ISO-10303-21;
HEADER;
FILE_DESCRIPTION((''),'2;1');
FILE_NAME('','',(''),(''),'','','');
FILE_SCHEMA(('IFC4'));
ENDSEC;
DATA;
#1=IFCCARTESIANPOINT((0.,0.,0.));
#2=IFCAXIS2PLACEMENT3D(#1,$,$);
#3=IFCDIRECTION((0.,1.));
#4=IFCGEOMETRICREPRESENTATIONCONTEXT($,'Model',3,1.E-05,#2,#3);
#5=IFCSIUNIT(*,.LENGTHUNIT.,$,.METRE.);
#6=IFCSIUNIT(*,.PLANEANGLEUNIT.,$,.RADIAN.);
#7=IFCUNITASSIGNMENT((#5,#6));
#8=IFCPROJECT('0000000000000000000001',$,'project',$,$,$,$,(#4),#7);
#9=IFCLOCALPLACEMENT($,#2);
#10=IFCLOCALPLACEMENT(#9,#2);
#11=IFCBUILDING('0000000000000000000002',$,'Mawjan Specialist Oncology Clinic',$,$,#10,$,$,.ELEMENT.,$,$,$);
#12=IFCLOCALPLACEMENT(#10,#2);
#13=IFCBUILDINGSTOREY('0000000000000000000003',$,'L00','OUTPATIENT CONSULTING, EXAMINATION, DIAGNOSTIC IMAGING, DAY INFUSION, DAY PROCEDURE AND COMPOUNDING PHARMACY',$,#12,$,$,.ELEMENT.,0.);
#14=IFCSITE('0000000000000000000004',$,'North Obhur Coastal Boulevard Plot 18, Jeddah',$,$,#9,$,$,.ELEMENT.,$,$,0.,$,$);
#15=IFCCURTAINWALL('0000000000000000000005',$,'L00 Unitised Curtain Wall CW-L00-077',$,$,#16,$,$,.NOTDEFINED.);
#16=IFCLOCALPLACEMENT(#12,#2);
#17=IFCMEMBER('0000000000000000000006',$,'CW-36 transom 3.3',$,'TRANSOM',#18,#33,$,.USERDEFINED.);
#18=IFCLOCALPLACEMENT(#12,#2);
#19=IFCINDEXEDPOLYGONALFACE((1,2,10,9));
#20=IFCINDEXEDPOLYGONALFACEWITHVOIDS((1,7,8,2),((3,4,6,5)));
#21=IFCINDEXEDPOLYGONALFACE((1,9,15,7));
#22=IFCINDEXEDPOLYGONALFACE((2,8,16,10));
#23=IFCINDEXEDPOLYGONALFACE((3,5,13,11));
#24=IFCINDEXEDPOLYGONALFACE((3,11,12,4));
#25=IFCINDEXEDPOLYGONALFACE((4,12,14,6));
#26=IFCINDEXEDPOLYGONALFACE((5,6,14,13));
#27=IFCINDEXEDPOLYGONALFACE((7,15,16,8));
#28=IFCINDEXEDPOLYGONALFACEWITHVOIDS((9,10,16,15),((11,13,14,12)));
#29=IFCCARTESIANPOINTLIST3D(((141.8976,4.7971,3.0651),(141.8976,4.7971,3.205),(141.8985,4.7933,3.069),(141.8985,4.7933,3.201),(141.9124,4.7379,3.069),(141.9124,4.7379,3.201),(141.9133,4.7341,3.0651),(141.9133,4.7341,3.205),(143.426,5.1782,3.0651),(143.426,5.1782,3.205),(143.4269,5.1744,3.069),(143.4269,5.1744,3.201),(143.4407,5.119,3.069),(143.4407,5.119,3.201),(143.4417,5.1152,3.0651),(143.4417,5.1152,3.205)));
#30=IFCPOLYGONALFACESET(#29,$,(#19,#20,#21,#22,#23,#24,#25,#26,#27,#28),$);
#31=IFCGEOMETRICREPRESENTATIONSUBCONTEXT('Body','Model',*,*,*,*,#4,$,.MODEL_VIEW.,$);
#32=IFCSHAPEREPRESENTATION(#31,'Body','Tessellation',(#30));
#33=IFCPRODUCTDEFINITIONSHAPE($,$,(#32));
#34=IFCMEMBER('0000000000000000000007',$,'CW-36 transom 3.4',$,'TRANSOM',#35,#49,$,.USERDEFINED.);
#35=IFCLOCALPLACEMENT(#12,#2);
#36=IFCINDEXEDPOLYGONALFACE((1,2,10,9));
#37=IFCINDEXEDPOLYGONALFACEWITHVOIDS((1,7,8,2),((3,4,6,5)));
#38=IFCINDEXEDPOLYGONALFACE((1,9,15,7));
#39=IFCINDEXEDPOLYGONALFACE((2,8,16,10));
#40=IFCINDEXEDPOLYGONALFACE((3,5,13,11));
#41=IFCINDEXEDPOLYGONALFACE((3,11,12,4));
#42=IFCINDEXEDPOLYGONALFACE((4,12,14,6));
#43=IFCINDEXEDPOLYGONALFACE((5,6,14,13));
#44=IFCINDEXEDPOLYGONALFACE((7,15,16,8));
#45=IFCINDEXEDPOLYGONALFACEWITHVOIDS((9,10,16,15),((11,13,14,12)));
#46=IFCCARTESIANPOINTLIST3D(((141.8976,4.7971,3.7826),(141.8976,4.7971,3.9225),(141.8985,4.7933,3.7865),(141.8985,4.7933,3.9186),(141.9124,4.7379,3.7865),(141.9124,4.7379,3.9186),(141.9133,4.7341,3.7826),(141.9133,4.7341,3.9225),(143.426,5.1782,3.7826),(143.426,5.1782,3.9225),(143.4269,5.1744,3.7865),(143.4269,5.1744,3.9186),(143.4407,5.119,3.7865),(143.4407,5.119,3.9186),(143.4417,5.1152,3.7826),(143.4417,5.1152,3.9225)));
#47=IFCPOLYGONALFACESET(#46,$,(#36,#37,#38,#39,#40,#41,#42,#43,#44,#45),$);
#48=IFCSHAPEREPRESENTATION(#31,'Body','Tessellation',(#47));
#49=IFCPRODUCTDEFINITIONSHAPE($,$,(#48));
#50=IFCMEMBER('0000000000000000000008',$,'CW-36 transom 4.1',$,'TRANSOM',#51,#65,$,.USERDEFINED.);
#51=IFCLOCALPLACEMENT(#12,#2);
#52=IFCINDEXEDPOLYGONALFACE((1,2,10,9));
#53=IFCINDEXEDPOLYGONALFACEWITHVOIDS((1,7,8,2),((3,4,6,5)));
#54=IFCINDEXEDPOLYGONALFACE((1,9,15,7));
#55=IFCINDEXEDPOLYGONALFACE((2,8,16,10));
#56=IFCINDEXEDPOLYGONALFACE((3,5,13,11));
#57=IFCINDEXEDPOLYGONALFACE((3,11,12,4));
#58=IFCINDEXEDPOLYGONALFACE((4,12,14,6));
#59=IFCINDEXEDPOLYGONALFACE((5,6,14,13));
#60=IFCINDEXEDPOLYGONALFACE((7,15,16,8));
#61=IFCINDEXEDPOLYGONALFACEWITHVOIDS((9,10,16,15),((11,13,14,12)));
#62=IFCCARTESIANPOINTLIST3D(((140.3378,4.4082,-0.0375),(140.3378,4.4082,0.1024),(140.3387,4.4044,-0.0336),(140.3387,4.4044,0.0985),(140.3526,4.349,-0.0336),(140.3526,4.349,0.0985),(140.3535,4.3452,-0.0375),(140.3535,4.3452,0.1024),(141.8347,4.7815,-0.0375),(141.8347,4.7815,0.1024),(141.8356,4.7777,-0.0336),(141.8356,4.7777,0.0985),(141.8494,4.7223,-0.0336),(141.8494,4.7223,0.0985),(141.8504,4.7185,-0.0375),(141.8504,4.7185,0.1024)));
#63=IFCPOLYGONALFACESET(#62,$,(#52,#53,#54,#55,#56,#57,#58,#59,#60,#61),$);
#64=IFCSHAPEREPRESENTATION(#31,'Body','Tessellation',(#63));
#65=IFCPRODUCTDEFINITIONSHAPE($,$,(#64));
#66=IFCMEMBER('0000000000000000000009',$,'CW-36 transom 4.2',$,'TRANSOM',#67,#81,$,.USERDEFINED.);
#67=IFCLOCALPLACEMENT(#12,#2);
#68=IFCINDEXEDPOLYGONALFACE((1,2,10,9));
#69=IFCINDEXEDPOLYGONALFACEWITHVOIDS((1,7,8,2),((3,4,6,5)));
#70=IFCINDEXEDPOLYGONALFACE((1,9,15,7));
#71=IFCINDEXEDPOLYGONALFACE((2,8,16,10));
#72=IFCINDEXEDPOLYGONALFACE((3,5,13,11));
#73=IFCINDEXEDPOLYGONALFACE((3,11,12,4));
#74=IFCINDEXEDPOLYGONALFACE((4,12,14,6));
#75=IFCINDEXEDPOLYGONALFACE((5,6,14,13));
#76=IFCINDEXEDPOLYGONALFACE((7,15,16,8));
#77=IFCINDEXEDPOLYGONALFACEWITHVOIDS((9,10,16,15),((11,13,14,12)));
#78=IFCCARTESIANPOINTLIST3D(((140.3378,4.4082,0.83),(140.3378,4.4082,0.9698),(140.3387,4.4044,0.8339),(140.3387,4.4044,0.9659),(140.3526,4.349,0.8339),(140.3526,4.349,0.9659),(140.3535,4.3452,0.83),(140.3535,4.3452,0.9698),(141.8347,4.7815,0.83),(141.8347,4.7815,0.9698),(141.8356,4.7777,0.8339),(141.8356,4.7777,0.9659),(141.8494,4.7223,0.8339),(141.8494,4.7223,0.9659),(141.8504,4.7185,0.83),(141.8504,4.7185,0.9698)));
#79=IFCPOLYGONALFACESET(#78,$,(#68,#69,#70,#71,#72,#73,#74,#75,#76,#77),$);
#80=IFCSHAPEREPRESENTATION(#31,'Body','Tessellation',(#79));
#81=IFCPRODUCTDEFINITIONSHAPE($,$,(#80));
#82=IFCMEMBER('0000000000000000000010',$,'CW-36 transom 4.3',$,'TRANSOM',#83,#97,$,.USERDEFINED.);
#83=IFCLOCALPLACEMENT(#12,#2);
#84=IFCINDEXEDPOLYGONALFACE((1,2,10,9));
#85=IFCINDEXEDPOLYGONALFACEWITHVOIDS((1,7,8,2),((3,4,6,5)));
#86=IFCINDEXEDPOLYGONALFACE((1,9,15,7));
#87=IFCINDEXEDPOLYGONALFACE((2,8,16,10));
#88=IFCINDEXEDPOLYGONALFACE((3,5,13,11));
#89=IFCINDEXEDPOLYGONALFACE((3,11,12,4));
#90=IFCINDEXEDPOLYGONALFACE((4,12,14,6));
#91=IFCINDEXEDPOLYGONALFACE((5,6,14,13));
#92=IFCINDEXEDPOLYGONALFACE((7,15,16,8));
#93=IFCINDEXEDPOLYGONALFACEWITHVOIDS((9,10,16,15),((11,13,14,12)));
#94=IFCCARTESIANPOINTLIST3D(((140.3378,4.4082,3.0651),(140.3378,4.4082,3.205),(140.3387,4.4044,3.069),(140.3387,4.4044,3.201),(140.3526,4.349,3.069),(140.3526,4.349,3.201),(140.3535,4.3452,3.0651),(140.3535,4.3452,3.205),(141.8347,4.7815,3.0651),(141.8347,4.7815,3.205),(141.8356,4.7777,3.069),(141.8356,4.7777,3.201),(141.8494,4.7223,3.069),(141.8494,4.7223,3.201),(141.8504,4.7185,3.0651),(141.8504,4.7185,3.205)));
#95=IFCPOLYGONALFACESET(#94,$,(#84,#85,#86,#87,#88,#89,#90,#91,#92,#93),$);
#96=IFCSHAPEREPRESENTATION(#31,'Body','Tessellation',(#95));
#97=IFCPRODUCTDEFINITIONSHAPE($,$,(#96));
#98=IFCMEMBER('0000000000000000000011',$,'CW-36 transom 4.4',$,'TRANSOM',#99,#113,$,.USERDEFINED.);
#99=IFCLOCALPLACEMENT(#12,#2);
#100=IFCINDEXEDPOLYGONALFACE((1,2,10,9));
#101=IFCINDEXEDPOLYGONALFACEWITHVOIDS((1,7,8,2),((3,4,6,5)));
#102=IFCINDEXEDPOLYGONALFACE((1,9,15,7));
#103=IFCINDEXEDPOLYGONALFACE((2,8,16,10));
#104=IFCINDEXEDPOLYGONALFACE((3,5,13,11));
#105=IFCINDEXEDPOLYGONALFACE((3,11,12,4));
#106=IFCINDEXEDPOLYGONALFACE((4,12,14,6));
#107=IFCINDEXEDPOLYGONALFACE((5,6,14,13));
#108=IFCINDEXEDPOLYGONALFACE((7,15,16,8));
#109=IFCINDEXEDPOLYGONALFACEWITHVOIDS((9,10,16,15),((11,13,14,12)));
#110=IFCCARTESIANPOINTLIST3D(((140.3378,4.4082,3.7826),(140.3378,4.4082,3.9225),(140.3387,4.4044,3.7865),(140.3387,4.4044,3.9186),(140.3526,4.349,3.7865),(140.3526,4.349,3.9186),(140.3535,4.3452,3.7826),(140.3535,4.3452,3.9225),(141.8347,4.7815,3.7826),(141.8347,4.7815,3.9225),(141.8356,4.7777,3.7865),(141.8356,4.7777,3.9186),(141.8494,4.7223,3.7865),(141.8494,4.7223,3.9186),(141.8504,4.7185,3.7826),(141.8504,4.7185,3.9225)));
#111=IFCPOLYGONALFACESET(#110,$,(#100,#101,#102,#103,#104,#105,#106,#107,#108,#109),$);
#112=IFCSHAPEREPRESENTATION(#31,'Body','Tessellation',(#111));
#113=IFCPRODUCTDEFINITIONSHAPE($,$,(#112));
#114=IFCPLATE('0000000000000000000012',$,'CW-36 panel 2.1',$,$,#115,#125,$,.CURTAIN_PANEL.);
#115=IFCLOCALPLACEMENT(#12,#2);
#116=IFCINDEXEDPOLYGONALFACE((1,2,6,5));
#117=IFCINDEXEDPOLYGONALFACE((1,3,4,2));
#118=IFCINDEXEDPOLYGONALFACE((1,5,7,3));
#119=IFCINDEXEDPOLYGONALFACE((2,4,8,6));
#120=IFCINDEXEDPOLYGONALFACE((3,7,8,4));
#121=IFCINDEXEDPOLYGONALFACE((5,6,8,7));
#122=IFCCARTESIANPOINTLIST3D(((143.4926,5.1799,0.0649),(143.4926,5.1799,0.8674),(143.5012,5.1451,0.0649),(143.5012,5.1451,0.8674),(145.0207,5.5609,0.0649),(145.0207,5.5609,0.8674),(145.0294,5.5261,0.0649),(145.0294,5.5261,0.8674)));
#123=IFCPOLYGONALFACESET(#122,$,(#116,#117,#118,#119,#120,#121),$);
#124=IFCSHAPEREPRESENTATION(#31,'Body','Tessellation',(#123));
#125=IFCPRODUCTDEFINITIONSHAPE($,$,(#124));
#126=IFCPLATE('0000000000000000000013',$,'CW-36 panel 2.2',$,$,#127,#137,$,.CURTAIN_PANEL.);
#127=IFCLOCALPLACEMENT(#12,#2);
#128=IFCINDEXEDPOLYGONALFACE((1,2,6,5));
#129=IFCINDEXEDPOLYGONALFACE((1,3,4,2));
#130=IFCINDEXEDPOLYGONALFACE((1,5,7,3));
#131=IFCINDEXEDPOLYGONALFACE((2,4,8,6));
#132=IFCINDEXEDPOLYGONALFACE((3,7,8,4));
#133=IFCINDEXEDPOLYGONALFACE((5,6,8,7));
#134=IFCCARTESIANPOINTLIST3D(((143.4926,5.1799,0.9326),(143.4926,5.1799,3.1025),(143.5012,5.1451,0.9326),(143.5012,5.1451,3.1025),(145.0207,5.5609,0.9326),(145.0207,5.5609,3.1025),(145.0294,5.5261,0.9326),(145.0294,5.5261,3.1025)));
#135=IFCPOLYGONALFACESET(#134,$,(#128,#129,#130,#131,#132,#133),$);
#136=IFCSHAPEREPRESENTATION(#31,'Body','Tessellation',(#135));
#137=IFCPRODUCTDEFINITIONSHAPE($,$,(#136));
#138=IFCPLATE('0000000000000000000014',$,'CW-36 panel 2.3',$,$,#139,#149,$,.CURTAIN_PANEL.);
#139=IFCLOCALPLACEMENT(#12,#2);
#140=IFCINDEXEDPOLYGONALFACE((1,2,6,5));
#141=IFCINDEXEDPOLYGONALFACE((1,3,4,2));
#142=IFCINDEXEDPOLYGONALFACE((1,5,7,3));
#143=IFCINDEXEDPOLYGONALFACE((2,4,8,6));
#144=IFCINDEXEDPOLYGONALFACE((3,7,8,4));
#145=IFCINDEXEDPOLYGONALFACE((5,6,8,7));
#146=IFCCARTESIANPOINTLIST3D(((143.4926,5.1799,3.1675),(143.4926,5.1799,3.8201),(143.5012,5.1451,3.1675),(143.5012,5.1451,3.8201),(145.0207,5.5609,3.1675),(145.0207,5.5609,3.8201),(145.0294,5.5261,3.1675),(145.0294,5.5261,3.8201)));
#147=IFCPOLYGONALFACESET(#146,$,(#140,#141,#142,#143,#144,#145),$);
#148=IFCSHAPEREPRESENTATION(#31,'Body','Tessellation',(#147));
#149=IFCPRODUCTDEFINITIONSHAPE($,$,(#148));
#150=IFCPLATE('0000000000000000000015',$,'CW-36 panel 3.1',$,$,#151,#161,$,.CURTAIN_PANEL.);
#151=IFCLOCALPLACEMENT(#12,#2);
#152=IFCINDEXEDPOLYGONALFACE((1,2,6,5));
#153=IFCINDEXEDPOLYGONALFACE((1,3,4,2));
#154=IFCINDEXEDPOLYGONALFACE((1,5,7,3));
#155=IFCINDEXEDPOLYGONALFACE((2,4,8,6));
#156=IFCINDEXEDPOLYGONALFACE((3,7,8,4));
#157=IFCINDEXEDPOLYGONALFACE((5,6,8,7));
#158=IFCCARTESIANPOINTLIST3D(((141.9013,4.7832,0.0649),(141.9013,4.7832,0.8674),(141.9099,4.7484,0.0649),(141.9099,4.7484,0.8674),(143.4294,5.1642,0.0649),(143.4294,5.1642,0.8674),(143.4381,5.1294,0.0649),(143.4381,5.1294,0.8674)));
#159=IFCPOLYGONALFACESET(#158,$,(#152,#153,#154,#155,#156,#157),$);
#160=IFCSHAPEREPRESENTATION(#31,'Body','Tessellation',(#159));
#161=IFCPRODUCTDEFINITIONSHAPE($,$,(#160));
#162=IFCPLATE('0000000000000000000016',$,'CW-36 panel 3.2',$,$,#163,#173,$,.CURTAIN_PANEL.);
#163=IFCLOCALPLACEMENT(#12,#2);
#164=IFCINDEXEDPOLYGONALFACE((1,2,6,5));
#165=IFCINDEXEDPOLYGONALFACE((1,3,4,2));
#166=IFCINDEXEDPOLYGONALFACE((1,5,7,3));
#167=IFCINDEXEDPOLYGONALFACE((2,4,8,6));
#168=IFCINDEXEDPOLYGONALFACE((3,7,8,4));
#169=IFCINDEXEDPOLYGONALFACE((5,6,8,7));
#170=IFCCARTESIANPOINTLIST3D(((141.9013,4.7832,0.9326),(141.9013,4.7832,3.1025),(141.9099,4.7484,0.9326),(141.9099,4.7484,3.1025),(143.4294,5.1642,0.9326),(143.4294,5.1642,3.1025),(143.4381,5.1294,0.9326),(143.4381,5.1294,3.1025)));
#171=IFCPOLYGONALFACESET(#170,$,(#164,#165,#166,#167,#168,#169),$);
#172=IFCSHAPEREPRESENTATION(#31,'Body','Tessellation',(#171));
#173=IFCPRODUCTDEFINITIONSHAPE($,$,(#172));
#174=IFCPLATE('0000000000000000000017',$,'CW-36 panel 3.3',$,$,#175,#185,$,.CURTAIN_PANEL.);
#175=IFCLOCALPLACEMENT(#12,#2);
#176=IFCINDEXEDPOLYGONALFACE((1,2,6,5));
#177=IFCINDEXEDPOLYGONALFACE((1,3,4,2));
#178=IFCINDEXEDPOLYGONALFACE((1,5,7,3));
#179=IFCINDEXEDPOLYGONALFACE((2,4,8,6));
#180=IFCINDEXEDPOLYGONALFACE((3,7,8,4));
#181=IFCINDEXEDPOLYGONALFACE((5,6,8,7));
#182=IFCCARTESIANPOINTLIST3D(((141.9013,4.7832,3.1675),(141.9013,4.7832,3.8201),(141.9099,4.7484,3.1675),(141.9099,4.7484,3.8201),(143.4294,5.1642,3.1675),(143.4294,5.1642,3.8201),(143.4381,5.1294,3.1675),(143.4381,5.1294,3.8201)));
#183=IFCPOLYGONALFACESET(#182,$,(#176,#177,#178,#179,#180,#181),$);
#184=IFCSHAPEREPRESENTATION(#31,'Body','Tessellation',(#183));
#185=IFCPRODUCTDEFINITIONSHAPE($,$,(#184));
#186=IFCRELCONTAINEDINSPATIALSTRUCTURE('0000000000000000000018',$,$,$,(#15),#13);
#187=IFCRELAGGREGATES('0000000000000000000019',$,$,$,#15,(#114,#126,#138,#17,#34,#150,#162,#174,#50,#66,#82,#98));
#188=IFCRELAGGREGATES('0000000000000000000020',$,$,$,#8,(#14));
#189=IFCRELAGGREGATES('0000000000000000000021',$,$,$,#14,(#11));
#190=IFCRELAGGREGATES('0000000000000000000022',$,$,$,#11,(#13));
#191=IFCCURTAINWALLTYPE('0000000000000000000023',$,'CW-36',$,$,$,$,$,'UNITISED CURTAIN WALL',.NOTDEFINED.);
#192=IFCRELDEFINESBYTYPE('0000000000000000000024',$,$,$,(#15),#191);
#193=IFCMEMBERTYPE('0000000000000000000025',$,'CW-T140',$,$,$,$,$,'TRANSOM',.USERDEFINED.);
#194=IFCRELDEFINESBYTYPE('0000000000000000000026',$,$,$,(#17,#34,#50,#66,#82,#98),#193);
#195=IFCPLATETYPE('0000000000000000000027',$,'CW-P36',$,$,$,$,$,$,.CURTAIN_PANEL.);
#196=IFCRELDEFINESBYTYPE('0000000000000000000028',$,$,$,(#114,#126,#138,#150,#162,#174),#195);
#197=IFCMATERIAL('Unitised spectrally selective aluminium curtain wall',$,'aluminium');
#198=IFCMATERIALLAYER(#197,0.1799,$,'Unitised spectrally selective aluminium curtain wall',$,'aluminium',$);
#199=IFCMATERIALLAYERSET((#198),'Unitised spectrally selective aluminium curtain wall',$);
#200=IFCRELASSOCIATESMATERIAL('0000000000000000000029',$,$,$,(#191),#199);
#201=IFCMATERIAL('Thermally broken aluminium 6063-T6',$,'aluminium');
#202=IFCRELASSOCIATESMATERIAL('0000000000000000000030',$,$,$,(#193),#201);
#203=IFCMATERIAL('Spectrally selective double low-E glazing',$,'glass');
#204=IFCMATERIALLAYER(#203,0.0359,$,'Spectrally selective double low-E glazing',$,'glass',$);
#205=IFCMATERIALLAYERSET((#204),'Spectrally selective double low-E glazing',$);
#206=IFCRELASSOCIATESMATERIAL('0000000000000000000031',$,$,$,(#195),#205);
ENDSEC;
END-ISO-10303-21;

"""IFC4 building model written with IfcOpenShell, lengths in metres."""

from ifc_helpers import new_model, si_unit, direction, frame, origin, origin_2d, place, context, subcontext, project, spatial, rectangle, hollow_rectangle, extrude, material, layer, layer_set, material_profile, profile_set, type_object, element, aggregate, save


model = new_model("IFC4")

# Units and contexts
model_context = context("Model", 3, precision=1e-05, world=origin(), true_north=direction((0.0, 1.0)))
body_context = subcontext(model_context, "Body", "Model", "MODEL_VIEW")
ifc_project = project(units=[si_unit("LENGTHUNIT", "METRE"), si_unit("PLANEANGLEUNIT", "RADIAN")], contexts=[model_context])

# Site, building, storey
site_placement = place(None, origin())
site = spatial("IfcSite", under=ifc_project, at=site_placement, Name="North Obhur Coastal Boulevard Plot 18, Jeddah", CompositionType="ELEMENT", RefElevation=0.0)
building_placement = place(site_placement, origin())
building = spatial("IfcBuilding", under=site, at=building_placement, Name="Mawjan Specialist Oncology Clinic", CompositionType="ELEMENT")
storey_placement = place(building_placement, origin())
storey = spatial("IfcBuildingStorey", under=building, at=storey_placement, Name="L00", Description="OUTPATIENT CONSULTING, EXAMINATION, DIAGNOSTIC IMAGING, DAY INFUSION, DAY PROCEDURE AND COMPOUNDING PHARMACY", CompositionType="ELEMENT", Elevation=0.0)

# Curtain wall, members, plates
ifc_material_1 = material(Name="Unitised spectrally selective aluminium curtain wall", Category="aluminium")
ifc_layer_1 = layer(ifc_material_1, 0.1799, Name="Unitised spectrally selective aluminium curtain wall", Category="aluminium")
ifc_layer_set_1 = layer_set([ifc_layer_1], Name="Unitised spectrally selective aluminium curtain wall")
curtain_wall_type = type_object("IfcCurtainWallType", Name="CW-36", ElementType="UNITISED CURTAIN WALL", PredefinedType="NOTDEFINED", material=ifc_layer_set_1)
curtain_wall_placement = place(storey_placement, origin())
curtain_wall = element("IfcCurtainWall", 1, at=curtain_wall_placement, inside=storey, type_object=curtain_wall_type, Name="L00 Unitised Curtain Wall CW-L00-077", PredefinedType="NOTDEFINED")
ifc_material_2 = material(Name="Thermally broken aluminium 6063-T6", Category="aluminium")
ifc_material_profile_1 = material_profile(ifc_material_2, hollow_rectangle(XDim=0.0649, YDim=0.1399, WallThickness=0.0039, at=origin_2d()), Name="ALU TRANSOM 140x65x4", Category="aluminium")
ifc_profile_set_1 = profile_set([ifc_material_profile_1], Name="Thermally broken aluminium 6063-T6")
member_type_1 = type_object("IfcMemberType", Name="CW-T140", ElementType="TRANSOM", PredefinedType="USERDEFINED", material=ifc_profile_set_1)
member_1_placement = place(storey_placement, frame((143.4338, 5.1467, 3.135), z_axis=(-0.970288, -0.241952, 0.0), x_axis=(0.241952, -0.970288, 0.0)))
member_1 = element("IfcMember", 2, at=member_1_placement, type_object=member_type_1, Name="CW-36 transom 3.3", ObjectType="TRANSOM", PredefinedType="USERDEFINED", context=body_context, shape_type="SweptSolid", body=[
    extrude(hollow_rectangle(XDim=0.0649, YDim=0.1399, WallThickness=0.0039, at=origin_2d()), origin(), (0.0, 0.0, 1.0), 1.5752),
])
member_2_placement = place(storey_placement, frame((143.4338, 5.1467, 3.8525), z_axis=(-0.970288, -0.241952, 0.0), x_axis=(0.241952, -0.970288, 0.0)))
member_2 = element("IfcMember", 3, at=member_2_placement, type_object=member_type_1, Name="CW-36 transom 3.4", ObjectType="TRANSOM", PredefinedType="USERDEFINED", context=body_context, shape_type="SweptSolid", body=[
    extrude(hollow_rectangle(XDim=0.0649, YDim=0.1399, WallThickness=0.0039, at=origin_2d()), origin(), (0.0, 0.0, 1.0), 1.5752),
])
member_3_placement = place(storey_placement, frame((141.8425, 4.75, 0.0325), z_axis=(-0.970282, -0.241977, 0.0), x_axis=(0.241977, -0.970282, 0.0)))
member_3 = element("IfcMember", 4, at=member_3_placement, type_object=member_type_1, Name="CW-36 transom 4.1", ObjectType="TRANSOM", PredefinedType="USERDEFINED", context=body_context, shape_type="SweptSolid", body=[
    extrude(hollow_rectangle(XDim=0.0649, YDim=0.1399, WallThickness=0.0039, at=origin_2d()), origin(), (0.0, 0.0, 1.0), 1.5427),
])
member_4_placement = place(storey_placement, frame((141.8425, 4.75, 0.8999), z_axis=(-0.970282, -0.241977, 0.0), x_axis=(0.241977, -0.970282, 0.0)))
member_4 = element("IfcMember", 5, at=member_4_placement, type_object=member_type_1, Name="CW-36 transom 4.2", ObjectType="TRANSOM", PredefinedType="USERDEFINED", context=body_context, shape_type="SweptSolid", body=[
    extrude(hollow_rectangle(XDim=0.0649, YDim=0.1399, WallThickness=0.0039, at=origin_2d()), origin(), (0.0, 0.0, 1.0), 1.5427),
])
member_5_placement = place(storey_placement, frame((141.8425, 4.75, 3.135), z_axis=(-0.970282, -0.241977, 0.0), x_axis=(0.241977, -0.970282, 0.0)))
member_5 = element("IfcMember", 6, at=member_5_placement, type_object=member_type_1, Name="CW-36 transom 4.3", ObjectType="TRANSOM", PredefinedType="USERDEFINED", context=body_context, shape_type="SweptSolid", body=[
    extrude(hollow_rectangle(XDim=0.0649, YDim=0.1399, WallThickness=0.0039, at=origin_2d()), origin(), (0.0, 0.0, 1.0), 1.5427),
])
member_6_placement = place(storey_placement, frame((141.8425, 4.75, 3.8525), z_axis=(-0.970282, -0.241977, 0.0), x_axis=(0.241977, -0.970282, 0.0)))
member_6 = element("IfcMember", 7, at=member_6_placement, type_object=member_type_1, Name="CW-36 transom 4.4", ObjectType="TRANSOM", PredefinedType="USERDEFINED", context=body_context, shape_type="SweptSolid", body=[
    extrude(hollow_rectangle(XDim=0.0649, YDim=0.1399, WallThickness=0.0039, at=origin_2d()), origin(), (0.0, 0.0, 1.0), 1.5427),
])
ifc_material_3 = material(Name="Spectrally selective double low-E glazing", Category="glass")
ifc_layer_2 = layer(ifc_material_3, 0.0359, Name="Spectrally selective double low-E glazing", Category="glass")
ifc_layer_set_2 = layer_set([ifc_layer_2], Name="Spectrally selective double low-E glazing")
plate_type = type_object("IfcPlateType", Name="CW-P36", PredefinedType="CURTAIN_PANEL", material=ifc_layer_set_2)
plate_1_placement = place(storey_placement, frame((144.261, 5.353, 0.0649), z_axis=(0.0, 0.0, 1.0), x_axis=(-0.970296, -0.241922, 0.0)))
plate_1 = element("IfcPlate", 8, at=plate_1_placement, type_object=plate_type, Name="CW-36 panel 2.1", PredefinedType="CURTAIN_PANEL", context=body_context, shape_type="SweptSolid", body=[
    extrude(rectangle(XDim=1.575, YDim=0.0359, at=origin_2d()), origin(), (0.0, 0.0, 1.0), 0.8025),
])
plate_2_placement = place(storey_placement, frame((144.261, 5.353, 0.9326), z_axis=(0.0, 0.0, 1.0), x_axis=(-0.970296, -0.241922, 0.0)))
plate_2 = element("IfcPlate", 9, at=plate_2_placement, type_object=plate_type, Name="CW-36 panel 2.2", PredefinedType="CURTAIN_PANEL", context=body_context, shape_type="SweptSolid", body=[
    extrude(rectangle(XDim=1.575, YDim=0.0359, at=origin_2d()), origin(), (0.0, 0.0, 1.0), 2.1699),
])
plate_3_placement = place(storey_placement, frame((144.261, 5.353, 3.1675), z_axis=(0.0, 0.0, 1.0), x_axis=(-0.970296, -0.241922, 0.0)))
plate_3 = element("IfcPlate", 10, at=plate_3_placement, type_object=plate_type, Name="CW-36 panel 2.3", PredefinedType="CURTAIN_PANEL", context=body_context, shape_type="SweptSolid", body=[
    extrude(rectangle(XDim=1.575, YDim=0.0359, at=origin_2d()), origin(), (0.0, 0.0, 1.0), 0.6526),
])
plate_4_placement = place(storey_placement, frame((142.6697, 4.9563, 0.0649), z_axis=(0.0, 0.0, 1.0), x_axis=(-0.970296, -0.241922, 0.0)))
plate_4 = element("IfcPlate", 11, at=plate_4_placement, type_object=plate_type, Name="CW-36 panel 3.1", PredefinedType="CURTAIN_PANEL", context=body_context, shape_type="SweptSolid", body=[
    extrude(rectangle(XDim=1.575, YDim=0.0359, at=origin_2d()), origin(), (0.0, 0.0, 1.0), 0.8025),
])
plate_5_placement = place(storey_placement, frame((142.6697, 4.9563, 0.9326), z_axis=(0.0, 0.0, 1.0), x_axis=(-0.970296, -0.241922, 0.0)))
plate_5 = element("IfcPlate", 12, at=plate_5_placement, type_object=plate_type, Name="CW-36 panel 3.2", PredefinedType="CURTAIN_PANEL", context=body_context, shape_type="SweptSolid", body=[
    extrude(rectangle(XDim=1.575, YDim=0.0359, at=origin_2d()), origin(), (0.0, 0.0, 1.0), 2.1699),
])
plate_6_placement = place(storey_placement, frame((142.6697, 4.9563, 3.1675), z_axis=(0.0, 0.0, 1.0), x_axis=(-0.970296, -0.241922, 0.0)))
plate_6 = element("IfcPlate", 13, at=plate_6_placement, type_object=plate_type, Name="CW-36 panel 3.3", PredefinedType="CURTAIN_PANEL", context=body_context, shape_type="SweptSolid", body=[
    extrude(rectangle(XDim=1.575, YDim=0.0359, at=origin_2d()), origin(), (0.0, 0.0, 1.0), 0.6526),
])
aggregate(curtain_wall, [plate_1, plate_2, plate_3, member_1, member_2, plate_4, plate_5, plate_6, member_3, member_4, member_5, member_6])

save(model, "model.ifc")
